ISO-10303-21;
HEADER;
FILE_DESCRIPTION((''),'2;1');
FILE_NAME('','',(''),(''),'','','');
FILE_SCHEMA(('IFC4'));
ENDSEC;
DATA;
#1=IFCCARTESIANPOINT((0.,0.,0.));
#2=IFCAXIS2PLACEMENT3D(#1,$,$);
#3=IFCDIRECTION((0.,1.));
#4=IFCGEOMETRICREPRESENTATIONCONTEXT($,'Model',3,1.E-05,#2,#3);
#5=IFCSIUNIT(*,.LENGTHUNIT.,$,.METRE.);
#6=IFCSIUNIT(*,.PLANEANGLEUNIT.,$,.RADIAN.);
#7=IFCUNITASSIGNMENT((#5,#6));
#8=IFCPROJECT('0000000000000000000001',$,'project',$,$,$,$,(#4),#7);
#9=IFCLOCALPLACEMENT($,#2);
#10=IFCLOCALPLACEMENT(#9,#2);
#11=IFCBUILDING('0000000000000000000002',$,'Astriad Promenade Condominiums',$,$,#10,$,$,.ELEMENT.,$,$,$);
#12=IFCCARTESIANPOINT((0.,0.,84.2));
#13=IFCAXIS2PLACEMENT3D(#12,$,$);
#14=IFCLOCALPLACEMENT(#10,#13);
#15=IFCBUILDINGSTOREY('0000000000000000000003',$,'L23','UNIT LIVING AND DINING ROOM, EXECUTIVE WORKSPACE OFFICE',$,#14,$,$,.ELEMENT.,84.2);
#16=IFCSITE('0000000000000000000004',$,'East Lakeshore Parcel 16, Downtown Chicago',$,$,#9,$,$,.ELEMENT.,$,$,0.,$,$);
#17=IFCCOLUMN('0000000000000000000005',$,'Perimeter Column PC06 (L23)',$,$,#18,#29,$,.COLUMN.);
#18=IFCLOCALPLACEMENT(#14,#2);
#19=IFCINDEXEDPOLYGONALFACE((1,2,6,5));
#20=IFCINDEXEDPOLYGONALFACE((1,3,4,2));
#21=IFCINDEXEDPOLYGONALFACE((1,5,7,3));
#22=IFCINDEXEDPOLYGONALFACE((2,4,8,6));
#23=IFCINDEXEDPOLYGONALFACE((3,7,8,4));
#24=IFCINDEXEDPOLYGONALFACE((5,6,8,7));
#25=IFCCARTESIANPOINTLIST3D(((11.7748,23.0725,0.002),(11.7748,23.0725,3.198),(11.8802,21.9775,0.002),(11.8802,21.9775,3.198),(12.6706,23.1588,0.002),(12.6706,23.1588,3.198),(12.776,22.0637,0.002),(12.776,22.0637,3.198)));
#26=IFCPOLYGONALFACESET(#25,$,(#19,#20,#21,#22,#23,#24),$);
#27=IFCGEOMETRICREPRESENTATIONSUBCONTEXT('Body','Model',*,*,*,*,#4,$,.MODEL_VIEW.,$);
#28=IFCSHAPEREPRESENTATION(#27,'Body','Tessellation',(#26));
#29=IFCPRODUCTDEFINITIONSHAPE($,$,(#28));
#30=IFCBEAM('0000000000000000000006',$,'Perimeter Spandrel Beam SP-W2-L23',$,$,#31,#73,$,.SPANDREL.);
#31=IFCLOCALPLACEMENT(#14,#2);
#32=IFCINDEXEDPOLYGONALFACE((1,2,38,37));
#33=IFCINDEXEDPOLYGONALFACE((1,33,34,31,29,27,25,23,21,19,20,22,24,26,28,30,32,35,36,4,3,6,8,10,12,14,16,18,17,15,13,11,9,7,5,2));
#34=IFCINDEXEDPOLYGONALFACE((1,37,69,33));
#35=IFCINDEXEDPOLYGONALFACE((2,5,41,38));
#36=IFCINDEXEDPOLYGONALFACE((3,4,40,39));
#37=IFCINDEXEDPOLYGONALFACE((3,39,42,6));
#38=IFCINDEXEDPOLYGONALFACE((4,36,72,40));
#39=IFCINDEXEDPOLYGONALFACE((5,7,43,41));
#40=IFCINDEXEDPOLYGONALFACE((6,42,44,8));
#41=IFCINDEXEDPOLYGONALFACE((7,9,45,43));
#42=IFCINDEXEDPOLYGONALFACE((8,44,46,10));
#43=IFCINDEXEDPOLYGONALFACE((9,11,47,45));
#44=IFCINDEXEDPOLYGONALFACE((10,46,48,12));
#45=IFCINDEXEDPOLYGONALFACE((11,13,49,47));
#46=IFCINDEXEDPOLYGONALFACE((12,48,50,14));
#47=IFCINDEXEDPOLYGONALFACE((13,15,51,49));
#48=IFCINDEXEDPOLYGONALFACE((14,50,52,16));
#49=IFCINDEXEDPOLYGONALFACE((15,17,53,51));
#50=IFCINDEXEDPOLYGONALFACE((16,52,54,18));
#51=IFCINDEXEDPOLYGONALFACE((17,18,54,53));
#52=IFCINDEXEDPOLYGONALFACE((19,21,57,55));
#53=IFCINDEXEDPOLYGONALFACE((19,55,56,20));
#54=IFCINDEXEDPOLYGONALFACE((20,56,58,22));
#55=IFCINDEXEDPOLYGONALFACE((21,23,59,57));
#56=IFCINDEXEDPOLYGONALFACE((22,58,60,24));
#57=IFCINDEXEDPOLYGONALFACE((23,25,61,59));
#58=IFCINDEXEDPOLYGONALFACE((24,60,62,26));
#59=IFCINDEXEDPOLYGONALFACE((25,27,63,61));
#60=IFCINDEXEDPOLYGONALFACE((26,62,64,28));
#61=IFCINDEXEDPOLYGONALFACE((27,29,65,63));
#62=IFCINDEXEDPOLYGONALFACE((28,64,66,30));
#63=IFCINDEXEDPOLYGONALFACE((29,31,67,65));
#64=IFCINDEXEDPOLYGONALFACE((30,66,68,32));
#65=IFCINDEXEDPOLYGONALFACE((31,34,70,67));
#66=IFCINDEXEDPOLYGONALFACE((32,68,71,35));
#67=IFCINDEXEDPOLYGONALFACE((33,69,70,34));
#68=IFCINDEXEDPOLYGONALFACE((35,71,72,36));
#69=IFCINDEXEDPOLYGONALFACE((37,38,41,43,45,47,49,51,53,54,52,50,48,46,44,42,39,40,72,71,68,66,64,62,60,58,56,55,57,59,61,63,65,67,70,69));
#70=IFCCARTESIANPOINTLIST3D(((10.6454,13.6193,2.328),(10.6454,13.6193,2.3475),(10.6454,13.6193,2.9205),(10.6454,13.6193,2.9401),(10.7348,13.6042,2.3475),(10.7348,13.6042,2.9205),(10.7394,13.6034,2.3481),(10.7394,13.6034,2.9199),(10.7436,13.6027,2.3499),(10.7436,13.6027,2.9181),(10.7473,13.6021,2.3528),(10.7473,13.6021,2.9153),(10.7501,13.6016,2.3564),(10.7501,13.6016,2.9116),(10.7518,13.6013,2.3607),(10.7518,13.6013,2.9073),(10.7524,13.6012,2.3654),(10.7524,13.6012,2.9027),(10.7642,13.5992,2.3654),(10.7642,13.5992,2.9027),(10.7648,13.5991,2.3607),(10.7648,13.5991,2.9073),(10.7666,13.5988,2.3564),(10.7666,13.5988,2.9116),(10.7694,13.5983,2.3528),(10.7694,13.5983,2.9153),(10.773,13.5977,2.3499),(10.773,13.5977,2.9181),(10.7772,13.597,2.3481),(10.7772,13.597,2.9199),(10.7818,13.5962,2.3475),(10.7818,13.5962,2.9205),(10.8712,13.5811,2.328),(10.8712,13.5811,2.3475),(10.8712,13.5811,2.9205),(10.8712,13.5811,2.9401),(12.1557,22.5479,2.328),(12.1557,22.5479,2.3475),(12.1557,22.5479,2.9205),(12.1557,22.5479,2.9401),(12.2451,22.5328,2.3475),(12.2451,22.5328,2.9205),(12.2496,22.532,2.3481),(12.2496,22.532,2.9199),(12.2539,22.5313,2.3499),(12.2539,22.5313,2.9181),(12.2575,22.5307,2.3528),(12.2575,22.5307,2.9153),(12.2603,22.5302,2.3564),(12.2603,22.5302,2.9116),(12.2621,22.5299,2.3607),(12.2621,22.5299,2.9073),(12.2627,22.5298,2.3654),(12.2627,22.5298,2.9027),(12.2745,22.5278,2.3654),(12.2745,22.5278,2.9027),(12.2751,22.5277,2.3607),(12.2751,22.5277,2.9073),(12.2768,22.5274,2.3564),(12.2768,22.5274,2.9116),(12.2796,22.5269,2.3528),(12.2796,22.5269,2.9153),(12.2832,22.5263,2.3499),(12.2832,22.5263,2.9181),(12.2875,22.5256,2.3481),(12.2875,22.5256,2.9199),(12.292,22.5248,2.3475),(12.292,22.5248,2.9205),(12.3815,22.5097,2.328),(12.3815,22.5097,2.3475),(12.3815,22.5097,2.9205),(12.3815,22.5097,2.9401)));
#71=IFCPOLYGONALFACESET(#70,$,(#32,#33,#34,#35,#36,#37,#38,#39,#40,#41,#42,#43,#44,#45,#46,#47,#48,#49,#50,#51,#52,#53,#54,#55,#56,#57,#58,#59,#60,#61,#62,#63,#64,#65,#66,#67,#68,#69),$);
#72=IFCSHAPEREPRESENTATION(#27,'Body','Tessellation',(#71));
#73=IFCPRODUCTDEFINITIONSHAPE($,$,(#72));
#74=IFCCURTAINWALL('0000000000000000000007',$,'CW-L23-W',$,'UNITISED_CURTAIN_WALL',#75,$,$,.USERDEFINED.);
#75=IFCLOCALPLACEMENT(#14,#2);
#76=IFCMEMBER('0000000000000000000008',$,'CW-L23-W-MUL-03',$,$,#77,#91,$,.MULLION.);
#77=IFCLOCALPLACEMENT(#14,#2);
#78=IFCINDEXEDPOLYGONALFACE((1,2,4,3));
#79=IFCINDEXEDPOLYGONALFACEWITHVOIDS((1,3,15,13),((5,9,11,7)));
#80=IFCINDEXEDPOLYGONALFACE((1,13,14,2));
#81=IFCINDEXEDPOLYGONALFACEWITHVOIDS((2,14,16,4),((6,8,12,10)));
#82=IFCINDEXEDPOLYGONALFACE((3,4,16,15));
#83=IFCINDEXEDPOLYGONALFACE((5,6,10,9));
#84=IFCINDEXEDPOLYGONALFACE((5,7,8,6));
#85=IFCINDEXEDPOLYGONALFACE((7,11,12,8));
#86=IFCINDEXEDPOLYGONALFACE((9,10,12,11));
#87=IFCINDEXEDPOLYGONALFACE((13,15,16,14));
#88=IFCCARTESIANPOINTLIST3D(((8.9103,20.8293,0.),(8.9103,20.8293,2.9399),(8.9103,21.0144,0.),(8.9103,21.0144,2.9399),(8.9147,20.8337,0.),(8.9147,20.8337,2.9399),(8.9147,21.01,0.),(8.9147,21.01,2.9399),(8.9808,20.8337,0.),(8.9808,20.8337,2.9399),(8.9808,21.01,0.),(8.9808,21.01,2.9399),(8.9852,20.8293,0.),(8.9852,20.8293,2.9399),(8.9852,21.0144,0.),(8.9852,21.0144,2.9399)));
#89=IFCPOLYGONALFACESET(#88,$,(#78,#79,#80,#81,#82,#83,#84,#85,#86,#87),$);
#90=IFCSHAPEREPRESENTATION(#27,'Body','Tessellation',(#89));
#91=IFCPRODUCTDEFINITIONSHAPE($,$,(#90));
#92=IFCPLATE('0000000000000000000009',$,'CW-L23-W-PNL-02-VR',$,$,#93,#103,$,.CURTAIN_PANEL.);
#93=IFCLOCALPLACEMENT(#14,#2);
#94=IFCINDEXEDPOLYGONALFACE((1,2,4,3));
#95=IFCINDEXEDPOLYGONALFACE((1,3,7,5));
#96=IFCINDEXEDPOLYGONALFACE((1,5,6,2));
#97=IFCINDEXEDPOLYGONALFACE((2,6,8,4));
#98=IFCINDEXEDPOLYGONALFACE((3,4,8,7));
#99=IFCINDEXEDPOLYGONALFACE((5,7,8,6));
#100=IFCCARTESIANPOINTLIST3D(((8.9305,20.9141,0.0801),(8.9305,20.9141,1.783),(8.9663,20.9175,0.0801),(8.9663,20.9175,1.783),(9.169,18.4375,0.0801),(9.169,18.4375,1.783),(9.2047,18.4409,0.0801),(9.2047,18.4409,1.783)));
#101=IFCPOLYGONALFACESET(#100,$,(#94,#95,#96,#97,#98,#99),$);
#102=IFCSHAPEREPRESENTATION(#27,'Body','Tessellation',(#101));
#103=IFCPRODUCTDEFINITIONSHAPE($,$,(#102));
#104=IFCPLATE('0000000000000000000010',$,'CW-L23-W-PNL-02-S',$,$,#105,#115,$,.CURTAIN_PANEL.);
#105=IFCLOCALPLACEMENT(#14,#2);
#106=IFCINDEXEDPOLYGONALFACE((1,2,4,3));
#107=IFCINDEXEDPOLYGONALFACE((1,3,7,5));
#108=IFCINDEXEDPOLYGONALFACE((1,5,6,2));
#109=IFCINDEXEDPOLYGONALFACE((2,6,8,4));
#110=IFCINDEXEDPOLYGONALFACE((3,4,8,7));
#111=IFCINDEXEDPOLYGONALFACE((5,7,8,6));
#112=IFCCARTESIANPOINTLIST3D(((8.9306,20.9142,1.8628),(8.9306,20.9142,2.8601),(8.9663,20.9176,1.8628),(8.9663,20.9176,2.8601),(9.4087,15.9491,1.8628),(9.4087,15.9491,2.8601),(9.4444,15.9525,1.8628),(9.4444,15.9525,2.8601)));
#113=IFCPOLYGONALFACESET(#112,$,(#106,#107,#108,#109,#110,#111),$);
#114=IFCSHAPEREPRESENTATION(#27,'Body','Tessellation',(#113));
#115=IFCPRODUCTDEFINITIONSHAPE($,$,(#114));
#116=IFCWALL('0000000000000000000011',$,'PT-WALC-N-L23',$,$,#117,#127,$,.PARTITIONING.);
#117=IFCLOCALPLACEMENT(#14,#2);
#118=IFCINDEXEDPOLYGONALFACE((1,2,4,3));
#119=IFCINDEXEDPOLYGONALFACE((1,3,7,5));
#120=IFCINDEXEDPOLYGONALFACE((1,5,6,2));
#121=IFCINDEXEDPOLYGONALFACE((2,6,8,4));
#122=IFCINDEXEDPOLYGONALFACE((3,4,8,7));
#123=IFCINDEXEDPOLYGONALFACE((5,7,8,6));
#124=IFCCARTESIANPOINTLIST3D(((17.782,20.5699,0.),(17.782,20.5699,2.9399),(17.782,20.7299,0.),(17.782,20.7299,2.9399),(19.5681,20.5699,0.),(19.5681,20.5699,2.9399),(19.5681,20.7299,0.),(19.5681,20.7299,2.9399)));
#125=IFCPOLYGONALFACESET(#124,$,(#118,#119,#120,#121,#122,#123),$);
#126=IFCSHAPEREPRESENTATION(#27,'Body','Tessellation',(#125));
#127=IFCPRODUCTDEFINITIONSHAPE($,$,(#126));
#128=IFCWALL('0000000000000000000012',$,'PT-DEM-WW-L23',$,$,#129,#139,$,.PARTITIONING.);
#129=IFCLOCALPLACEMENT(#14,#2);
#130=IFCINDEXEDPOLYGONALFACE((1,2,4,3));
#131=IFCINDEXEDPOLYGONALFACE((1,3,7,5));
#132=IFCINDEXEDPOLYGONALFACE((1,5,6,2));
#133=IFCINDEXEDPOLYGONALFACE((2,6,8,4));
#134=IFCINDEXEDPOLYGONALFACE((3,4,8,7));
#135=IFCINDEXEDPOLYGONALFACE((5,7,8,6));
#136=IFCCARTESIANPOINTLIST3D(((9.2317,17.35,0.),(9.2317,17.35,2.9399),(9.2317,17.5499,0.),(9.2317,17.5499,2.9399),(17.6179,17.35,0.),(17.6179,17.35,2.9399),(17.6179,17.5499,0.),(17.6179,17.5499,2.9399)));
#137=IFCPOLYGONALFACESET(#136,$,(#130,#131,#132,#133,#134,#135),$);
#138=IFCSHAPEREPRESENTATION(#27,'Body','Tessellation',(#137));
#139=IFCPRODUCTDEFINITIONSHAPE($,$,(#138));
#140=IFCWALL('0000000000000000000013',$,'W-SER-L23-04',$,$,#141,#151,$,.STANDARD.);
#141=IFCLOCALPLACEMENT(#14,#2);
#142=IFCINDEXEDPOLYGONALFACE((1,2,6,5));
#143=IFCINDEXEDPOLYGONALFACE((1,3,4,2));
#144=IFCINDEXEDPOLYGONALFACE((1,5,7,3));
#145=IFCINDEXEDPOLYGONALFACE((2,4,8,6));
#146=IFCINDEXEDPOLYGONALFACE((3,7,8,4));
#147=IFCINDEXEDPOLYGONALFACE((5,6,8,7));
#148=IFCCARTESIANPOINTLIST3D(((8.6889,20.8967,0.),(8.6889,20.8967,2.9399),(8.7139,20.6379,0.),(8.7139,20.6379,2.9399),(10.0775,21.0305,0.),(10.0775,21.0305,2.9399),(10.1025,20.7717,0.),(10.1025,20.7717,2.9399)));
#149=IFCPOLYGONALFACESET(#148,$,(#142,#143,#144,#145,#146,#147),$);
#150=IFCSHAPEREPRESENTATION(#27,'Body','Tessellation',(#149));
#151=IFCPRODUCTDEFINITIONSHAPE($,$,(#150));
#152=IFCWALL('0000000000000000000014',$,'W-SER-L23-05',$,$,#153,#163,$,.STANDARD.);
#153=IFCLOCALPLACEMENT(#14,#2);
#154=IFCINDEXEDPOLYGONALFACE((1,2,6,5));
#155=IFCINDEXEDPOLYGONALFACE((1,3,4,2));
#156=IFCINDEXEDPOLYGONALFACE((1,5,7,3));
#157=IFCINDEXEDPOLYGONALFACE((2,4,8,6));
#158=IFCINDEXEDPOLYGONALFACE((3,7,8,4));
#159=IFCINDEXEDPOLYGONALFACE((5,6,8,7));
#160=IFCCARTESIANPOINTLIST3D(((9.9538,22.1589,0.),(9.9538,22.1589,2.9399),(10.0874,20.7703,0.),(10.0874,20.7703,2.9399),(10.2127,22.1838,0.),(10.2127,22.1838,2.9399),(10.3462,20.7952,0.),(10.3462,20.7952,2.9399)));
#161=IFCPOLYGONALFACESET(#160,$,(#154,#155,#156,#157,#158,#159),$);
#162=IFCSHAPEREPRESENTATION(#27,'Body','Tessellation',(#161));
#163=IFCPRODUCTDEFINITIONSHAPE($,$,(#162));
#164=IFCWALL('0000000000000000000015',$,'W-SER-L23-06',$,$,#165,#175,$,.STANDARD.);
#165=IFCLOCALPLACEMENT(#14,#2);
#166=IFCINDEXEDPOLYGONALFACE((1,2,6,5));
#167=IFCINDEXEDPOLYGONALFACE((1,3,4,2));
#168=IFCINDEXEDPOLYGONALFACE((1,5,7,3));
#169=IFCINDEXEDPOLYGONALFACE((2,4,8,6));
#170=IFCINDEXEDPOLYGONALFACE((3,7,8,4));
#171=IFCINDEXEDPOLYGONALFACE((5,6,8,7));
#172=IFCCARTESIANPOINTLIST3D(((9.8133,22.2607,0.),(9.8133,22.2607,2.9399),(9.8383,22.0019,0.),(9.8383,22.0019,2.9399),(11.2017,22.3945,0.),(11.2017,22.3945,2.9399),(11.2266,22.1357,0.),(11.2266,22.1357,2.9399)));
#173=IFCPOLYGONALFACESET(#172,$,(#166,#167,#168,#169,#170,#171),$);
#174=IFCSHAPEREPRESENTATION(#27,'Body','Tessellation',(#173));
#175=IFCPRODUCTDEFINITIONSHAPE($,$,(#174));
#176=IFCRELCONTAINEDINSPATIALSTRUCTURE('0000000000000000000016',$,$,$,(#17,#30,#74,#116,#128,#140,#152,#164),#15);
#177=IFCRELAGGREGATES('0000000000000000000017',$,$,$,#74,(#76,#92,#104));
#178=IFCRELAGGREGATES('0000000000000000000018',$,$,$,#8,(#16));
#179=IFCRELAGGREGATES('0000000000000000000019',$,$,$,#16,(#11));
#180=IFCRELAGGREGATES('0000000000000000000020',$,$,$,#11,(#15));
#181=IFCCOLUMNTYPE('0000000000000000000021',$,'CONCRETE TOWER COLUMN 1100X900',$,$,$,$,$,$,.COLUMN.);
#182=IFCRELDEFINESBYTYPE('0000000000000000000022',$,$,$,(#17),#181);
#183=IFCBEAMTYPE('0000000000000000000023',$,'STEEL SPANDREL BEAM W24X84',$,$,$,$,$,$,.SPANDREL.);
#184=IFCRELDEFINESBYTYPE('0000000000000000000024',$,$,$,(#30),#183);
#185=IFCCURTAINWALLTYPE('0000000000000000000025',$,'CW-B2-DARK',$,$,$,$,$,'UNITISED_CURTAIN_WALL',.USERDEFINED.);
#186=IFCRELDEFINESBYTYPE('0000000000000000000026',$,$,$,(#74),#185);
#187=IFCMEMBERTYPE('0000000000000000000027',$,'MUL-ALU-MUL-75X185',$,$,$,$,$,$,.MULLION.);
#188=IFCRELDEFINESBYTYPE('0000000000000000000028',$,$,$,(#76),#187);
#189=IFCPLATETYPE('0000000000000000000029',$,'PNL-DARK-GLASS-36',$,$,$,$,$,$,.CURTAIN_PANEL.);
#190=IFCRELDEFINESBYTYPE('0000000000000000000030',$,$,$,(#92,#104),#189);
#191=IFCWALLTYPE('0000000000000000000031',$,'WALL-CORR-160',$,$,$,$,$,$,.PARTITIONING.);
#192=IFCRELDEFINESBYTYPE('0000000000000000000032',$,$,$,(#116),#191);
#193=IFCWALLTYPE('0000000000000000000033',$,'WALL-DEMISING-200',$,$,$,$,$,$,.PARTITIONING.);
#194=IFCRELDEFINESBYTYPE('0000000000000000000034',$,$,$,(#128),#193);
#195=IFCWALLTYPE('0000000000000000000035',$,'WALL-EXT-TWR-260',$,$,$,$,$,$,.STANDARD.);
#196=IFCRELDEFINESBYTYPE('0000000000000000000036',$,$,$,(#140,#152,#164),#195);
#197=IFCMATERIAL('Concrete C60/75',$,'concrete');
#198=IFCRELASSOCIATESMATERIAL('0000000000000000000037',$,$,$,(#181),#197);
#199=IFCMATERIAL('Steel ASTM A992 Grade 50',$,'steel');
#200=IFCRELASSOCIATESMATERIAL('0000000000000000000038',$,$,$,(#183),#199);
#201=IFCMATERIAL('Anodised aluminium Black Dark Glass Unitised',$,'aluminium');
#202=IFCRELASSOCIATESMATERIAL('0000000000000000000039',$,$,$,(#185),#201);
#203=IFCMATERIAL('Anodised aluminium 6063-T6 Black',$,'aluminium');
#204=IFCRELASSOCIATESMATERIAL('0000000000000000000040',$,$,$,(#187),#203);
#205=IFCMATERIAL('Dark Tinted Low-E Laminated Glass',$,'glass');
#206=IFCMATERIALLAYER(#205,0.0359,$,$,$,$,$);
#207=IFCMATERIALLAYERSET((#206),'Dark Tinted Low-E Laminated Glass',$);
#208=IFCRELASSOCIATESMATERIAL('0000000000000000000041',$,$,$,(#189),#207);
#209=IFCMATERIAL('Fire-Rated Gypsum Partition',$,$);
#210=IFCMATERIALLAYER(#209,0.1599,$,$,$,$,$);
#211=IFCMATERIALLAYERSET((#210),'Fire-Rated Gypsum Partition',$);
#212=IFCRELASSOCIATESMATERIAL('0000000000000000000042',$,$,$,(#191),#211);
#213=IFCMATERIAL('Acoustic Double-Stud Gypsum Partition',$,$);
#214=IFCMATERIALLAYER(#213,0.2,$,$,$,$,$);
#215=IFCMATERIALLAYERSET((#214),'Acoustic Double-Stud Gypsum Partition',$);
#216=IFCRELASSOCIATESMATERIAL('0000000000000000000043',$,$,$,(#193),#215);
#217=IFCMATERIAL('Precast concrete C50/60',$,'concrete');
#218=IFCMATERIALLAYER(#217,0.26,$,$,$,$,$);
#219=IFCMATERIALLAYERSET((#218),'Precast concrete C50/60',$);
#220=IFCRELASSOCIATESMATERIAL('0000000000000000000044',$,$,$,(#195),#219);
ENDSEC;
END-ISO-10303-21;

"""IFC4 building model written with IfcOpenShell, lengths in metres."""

from ifc_helpers import new_model, si_unit, direction, frame, frame_2d, origin, origin_2d, place, context, subcontext, project, spatial, rectangle, hollow_rectangle, i_section, extrude, source, transform, mapped, material, layer, layer_set, material_profile, profile_set, type_object, type_shapes, element, aggregate, save


model = new_model("IFC4")

# Units and contexts
model_context = context("Model", 3, precision=1e-05, world=origin(), true_north=direction((0.0, 1.0)))
body_context = subcontext(model_context, "Body", "Model", "MODEL_VIEW")
ifc_project = project(units=[si_unit("LENGTHUNIT", "METRE"), si_unit("PLANEANGLEUNIT", "RADIAN")], contexts=[model_context])

# Site, building, storey
site_placement = place(None, origin())
site = spatial("IfcSite", under=ifc_project, at=site_placement, Name="East Lakeshore Parcel 16, Downtown Chicago", CompositionType="ELEMENT", RefElevation=0.0)
building_placement = place(site_placement, origin())
building = spatial("IfcBuilding", under=site, at=building_placement, Name="Astriad Promenade Condominiums", CompositionType="ELEMENT")
storey_placement = place(building_placement, frame((0.0, 0.0, 84.2)))
storey = spatial("IfcBuildingStorey", under=building, at=storey_placement, Name="L23", Description="UNIT LIVING AND DINING ROOM, EXECUTIVE WORKSPACE OFFICE", CompositionType="ELEMENT", Elevation=84.2)

# Column
ifc_material_1 = material(Name="Concrete C60/75", Category="concrete")
ifc_material_profile_1 = material_profile(ifc_material_1, rectangle(XDim=0.8999, YDim=1.1001, at=origin_2d()), Name="RC-COL-1100X900")
ifc_profile_set_1 = profile_set([ifc_material_profile_1], Name="Concrete C60/75")
column_type = type_object("IfcColumnType", Name="CONCRETE TOWER COLUMN 1100X900", PredefinedType="COLUMN", material=ifc_profile_set_1)
shared_shape_1 = source(origin(), body_context, "Body", "SweptSolid", [
    extrude(rectangle(XDim=0.8999, YDim=1.1001, at=origin_2d()), origin(), (0.0, 0.0, 1.0), 3.196),
])
type_shapes(column_type, [shared_shape_1])
column_placement = place(storey_placement, frame((12.2754, 22.5681, 0.002), z_axis=(0.0, 0.0, 1.0), x_axis=(0.995396, 0.095846, 0.0)))
element("IfcColumn", 1, at=column_placement, inside=storey, type_object=column_type, Name="Perimeter Column PC06 (L23)", PredefinedType="COLUMN", context=body_context, shape_type="MappedRepresentation", body=[
    mapped(shared_shape_1, transform((0.0, 0.0, 0.0), scale=1.0)),
])

# Beam
ifc_material_2 = material(Name="Steel ASTM A992 Grade 50", Category="steel")
ifc_material_profile_2 = material_profile(ifc_material_2, i_section(OverallWidth=0.229, OverallDepth=0.6121, WebThickness=0.012, FlangeThickness=0.0195, FilletRadius=0.0178, at=origin_2d()), Name="W24X84")
ifc_profile_set_2 = profile_set([ifc_material_profile_2], Name="Steel ASTM A992 Grade 50")
beam_type = type_object("IfcBeamType", Name="STEEL SPANDREL BEAM W24X84", PredefinedType="SPANDREL", material=ifc_profile_set_2)
shared_shape_2 = source(origin(), body_context, "Body", "SweptSolid", [
    extrude(i_section(OverallWidth=0.229, OverallDepth=0.6121, WebThickness=0.012, FlangeThickness=0.0195, FilletRadius=0.0178, at=origin_2d()), origin(), (0.0, 0.0, 1.0), 9.0554),
])
type_shapes(beam_type, [shared_shape_2])
beam_placement = place(storey_placement, frame((12.2686, 22.5288, 2.634), z_axis=(-0.166777, -0.985995, 0.0), x_axis=(0.985995, -0.166777, 0.0)))
element("IfcBeam", 2, at=beam_placement, inside=storey, type_object=beam_type, Name="Perimeter Spandrel Beam SP-W2-L23", PredefinedType="SPANDREL", context=body_context, shape_type="MappedRepresentation", body=[
    mapped(shared_shape_2, transform((0.0, 0.0, 0.0), scale=1.0)),
])

# Curtain wall, member, plates
ifc_material_3 = material(Name="Anodised aluminium Black Dark Glass Unitised", Category="aluminium")
curtain_wall_type = type_object("IfcCurtainWallType", Name="CW-B2-DARK", ElementType="UNITISED_CURTAIN_WALL", PredefinedType="USERDEFINED", material=ifc_material_3)
curtain_wall_placement = place(storey_placement, origin())
curtain_wall = element("IfcCurtainWall", 3, at=curtain_wall_placement, inside=storey, type_object=curtain_wall_type, Name="CW-L23-W", ObjectType="UNITISED_CURTAIN_WALL", PredefinedType="USERDEFINED")
ifc_material_4 = material(Name="Anodised aluminium 6063-T6 Black", Category="aluminium")
ifc_material_profile_3 = material_profile(ifc_material_4, hollow_rectangle(XDim=0.075, YDim=0.1851, WallThickness=0.0044, at=origin_2d()), Name="ALU-MUL-75X185")
ifc_profile_set_3 = profile_set([ifc_material_profile_3], Name="Anodised aluminium 6063-T6 Black")
member_type = type_object("IfcMemberType", Name="MUL-ALU-MUL-75X185", PredefinedType="MULLION", material=ifc_profile_set_3)
shared_shape_3 = source(origin(), body_context, "Body", "SweptSolid", [
    extrude(hollow_rectangle(XDim=0.075, YDim=0.1851, WallThickness=0.0044, at=origin_2d()), origin(), (0.0, 0.0, 1.0), 2.9399),
])
type_shapes(member_type, [shared_shape_3])
member_placement = place(storey_placement, frame((8.9478, 20.9219, 0.0), z_axis=(0.0, 0.0, 1.0), x_axis=(1.0, 0.0, 0.0)))
member = element("IfcMember", 4, at=member_placement, type_object=member_type, Name="CW-L23-W-MUL-03", PredefinedType="MULLION", context=body_context, shape_type="MappedRepresentation", body=[
    mapped(shared_shape_3, transform((0.0, 0.0, 0.0), scale=1.0)),
])
ifc_material_5 = material(Name="Dark Tinted Low-E Laminated Glass", Category="glass")
ifc_layer_1 = layer(ifc_material_5, 0.0359)
ifc_layer_set_1 = layer_set([ifc_layer_1], Name="Dark Tinted Low-E Laminated Glass")
plate_type = type_object("IfcPlateType", Name="PNL-DARK-GLASS-36", PredefinedType="CURTAIN_PANEL", material=ifc_layer_set_1)
shared_shape_4 = source(origin(), body_context, "Body", "SweptSolid", [
    extrude(rectangle(XDim=2.488, YDim=0.0359, at=origin_2d()), origin(), (0.0, 0.0, 1.0), 1.7029),
])
plate_1_placement = place(storey_placement, frame((9.0676, 19.6775, 0.0801), z_axis=(0.0, 0.0, 1.0), x_axis=(-0.095846, 0.995396, 0.0)))
plate_1 = element("IfcPlate", 5, at=plate_1_placement, type_object=plate_type, Name="CW-L23-W-PNL-02-VR", PredefinedType="CURTAIN_PANEL", context=body_context, shape_type="MappedRepresentation", body=[
    mapped(shared_shape_4, transform((0.0, 0.0, 0.0), scale=1.0)),
])
shared_shape_5 = source(origin(), body_context, "Body", "SweptSolid", [
    extrude(rectangle(XDim=4.988, YDim=0.0359, at=origin_2d()), origin(), (0.0, 0.0, 1.0), 0.9973),
])
type_shapes(plate_type, [shared_shape_4, shared_shape_5])
plate_2_placement = place(storey_placement, frame((9.1875, 18.4333, 1.8628), z_axis=(0.0, 0.0, 1.0), x_axis=(-0.095846, 0.995396, 0.0)))
plate_2 = element("IfcPlate", 6, at=plate_2_placement, type_object=plate_type, Name="CW-L23-W-PNL-02-S", PredefinedType="CURTAIN_PANEL", context=body_context, shape_type="MappedRepresentation", body=[
    mapped(shared_shape_5, transform((0.0, 0.0, 0.0), scale=1.0)),
])
aggregate(curtain_wall, [member, plate_1, plate_2])

# Walls
ifc_material_6 = material(Name="Fire-Rated Gypsum Partition")
ifc_layer_2 = layer(ifc_material_6, 0.1599)
ifc_layer_set_2 = layer_set([ifc_layer_2], Name="Fire-Rated Gypsum Partition")
wall_type_1 = type_object("IfcWallType", Name="WALL-CORR-160", PredefinedType="PARTITIONING", material=ifc_layer_set_2)
wall_1_placement = place(storey_placement, frame((17.782, 20.6499, 0.0), z_axis=(0.0, 0.0, 1.0), x_axis=(1.0, 0.0, 0.0)))
element("IfcWall", 7, at=wall_1_placement, inside=storey, type_object=wall_type_1, Name="PT-WALC-N-L23", PredefinedType="PARTITIONING", context=body_context, shape_type="SweptSolid", body=[
    extrude(rectangle(XDim=1.7861, YDim=0.1599, at=frame_2d((0.8931, 0.0))), origin(), (0.0, 0.0, 1.0), 2.9399),
])
ifc_material_7 = material(Name="Acoustic Double-Stud Gypsum Partition")
ifc_layer_3 = layer(ifc_material_7, 0.2)
ifc_layer_set_3 = layer_set([ifc_layer_3], Name="Acoustic Double-Stud Gypsum Partition")
wall_type_2 = type_object("IfcWallType", Name="WALL-DEMISING-200", PredefinedType="PARTITIONING", material=ifc_layer_set_3)
wall_2_placement = place(storey_placement, frame((9.2317, 17.45, 0.0), z_axis=(0.0, 0.0, 1.0), x_axis=(1.0, 0.0, 0.0)))
element("IfcWall", 8, at=wall_2_placement, inside=storey, type_object=wall_type_2, Name="PT-DEM-WW-L23", PredefinedType="PARTITIONING", context=body_context, shape_type="SweptSolid", body=[
    extrude(rectangle(XDim=8.3862, YDim=0.2, at=frame_2d((4.1931, 0.0))), origin(), (0.0, 0.0, 1.0), 2.9399),
])
ifc_material_8 = material(Name="Precast concrete C50/60", Category="concrete")
ifc_layer_4 = layer(ifc_material_8, 0.26)
ifc_layer_set_4 = layer_set([ifc_layer_4], Name="Precast concrete C50/60")
wall_type_3 = type_object("IfcWallType", Name="WALL-EXT-TWR-260", PredefinedType="STANDARD", material=ifc_layer_set_4)
for number, where, z_axis, x_axis, name in (
    (9, (8.7014, 20.7673, 0.0), (0.0, 0.0, 1.0), (0.995391, 0.095899, 0.0), "W-SER-L23-04"),
    (10, (10.2168, 20.7827, 0.0), (0.0, 0.0, 1.0), (-0.095726, 0.995408, 0.0), "W-SER-L23-05"),
):
    element("IfcWall", number, at=place(storey_placement, frame(where, z_axis=z_axis, x_axis=x_axis)), inside=storey, type_object=wall_type_3, Name=name, PredefinedType="STANDARD", context=body_context, shape_type="SweptSolid", body=[
        extrude(rectangle(XDim=1.395, YDim=0.26, at=frame_2d((0.6975, 0.0))), origin(), (0.0, 0.0, 1.0), 2.9399),
    ])
wall_3_placement = place(storey_placement, frame((9.8259, 22.1313, 0.0), z_axis=(0.0, 0.0, 1.0), x_axis=(0.995389, 0.095916, 0.0)))
element("IfcWall", 11, at=wall_3_placement, inside=storey, type_object=wall_type_3, Name="W-SER-L23-06", PredefinedType="STANDARD", context=body_context, shape_type="SweptSolid", body=[
    extrude(rectangle(XDim=1.3948, YDim=0.26, at=frame_2d((0.6973, 0.0))), origin(), (0.0, 0.0, 1.0), 2.9399),
])

save(model, "model.ifc")
